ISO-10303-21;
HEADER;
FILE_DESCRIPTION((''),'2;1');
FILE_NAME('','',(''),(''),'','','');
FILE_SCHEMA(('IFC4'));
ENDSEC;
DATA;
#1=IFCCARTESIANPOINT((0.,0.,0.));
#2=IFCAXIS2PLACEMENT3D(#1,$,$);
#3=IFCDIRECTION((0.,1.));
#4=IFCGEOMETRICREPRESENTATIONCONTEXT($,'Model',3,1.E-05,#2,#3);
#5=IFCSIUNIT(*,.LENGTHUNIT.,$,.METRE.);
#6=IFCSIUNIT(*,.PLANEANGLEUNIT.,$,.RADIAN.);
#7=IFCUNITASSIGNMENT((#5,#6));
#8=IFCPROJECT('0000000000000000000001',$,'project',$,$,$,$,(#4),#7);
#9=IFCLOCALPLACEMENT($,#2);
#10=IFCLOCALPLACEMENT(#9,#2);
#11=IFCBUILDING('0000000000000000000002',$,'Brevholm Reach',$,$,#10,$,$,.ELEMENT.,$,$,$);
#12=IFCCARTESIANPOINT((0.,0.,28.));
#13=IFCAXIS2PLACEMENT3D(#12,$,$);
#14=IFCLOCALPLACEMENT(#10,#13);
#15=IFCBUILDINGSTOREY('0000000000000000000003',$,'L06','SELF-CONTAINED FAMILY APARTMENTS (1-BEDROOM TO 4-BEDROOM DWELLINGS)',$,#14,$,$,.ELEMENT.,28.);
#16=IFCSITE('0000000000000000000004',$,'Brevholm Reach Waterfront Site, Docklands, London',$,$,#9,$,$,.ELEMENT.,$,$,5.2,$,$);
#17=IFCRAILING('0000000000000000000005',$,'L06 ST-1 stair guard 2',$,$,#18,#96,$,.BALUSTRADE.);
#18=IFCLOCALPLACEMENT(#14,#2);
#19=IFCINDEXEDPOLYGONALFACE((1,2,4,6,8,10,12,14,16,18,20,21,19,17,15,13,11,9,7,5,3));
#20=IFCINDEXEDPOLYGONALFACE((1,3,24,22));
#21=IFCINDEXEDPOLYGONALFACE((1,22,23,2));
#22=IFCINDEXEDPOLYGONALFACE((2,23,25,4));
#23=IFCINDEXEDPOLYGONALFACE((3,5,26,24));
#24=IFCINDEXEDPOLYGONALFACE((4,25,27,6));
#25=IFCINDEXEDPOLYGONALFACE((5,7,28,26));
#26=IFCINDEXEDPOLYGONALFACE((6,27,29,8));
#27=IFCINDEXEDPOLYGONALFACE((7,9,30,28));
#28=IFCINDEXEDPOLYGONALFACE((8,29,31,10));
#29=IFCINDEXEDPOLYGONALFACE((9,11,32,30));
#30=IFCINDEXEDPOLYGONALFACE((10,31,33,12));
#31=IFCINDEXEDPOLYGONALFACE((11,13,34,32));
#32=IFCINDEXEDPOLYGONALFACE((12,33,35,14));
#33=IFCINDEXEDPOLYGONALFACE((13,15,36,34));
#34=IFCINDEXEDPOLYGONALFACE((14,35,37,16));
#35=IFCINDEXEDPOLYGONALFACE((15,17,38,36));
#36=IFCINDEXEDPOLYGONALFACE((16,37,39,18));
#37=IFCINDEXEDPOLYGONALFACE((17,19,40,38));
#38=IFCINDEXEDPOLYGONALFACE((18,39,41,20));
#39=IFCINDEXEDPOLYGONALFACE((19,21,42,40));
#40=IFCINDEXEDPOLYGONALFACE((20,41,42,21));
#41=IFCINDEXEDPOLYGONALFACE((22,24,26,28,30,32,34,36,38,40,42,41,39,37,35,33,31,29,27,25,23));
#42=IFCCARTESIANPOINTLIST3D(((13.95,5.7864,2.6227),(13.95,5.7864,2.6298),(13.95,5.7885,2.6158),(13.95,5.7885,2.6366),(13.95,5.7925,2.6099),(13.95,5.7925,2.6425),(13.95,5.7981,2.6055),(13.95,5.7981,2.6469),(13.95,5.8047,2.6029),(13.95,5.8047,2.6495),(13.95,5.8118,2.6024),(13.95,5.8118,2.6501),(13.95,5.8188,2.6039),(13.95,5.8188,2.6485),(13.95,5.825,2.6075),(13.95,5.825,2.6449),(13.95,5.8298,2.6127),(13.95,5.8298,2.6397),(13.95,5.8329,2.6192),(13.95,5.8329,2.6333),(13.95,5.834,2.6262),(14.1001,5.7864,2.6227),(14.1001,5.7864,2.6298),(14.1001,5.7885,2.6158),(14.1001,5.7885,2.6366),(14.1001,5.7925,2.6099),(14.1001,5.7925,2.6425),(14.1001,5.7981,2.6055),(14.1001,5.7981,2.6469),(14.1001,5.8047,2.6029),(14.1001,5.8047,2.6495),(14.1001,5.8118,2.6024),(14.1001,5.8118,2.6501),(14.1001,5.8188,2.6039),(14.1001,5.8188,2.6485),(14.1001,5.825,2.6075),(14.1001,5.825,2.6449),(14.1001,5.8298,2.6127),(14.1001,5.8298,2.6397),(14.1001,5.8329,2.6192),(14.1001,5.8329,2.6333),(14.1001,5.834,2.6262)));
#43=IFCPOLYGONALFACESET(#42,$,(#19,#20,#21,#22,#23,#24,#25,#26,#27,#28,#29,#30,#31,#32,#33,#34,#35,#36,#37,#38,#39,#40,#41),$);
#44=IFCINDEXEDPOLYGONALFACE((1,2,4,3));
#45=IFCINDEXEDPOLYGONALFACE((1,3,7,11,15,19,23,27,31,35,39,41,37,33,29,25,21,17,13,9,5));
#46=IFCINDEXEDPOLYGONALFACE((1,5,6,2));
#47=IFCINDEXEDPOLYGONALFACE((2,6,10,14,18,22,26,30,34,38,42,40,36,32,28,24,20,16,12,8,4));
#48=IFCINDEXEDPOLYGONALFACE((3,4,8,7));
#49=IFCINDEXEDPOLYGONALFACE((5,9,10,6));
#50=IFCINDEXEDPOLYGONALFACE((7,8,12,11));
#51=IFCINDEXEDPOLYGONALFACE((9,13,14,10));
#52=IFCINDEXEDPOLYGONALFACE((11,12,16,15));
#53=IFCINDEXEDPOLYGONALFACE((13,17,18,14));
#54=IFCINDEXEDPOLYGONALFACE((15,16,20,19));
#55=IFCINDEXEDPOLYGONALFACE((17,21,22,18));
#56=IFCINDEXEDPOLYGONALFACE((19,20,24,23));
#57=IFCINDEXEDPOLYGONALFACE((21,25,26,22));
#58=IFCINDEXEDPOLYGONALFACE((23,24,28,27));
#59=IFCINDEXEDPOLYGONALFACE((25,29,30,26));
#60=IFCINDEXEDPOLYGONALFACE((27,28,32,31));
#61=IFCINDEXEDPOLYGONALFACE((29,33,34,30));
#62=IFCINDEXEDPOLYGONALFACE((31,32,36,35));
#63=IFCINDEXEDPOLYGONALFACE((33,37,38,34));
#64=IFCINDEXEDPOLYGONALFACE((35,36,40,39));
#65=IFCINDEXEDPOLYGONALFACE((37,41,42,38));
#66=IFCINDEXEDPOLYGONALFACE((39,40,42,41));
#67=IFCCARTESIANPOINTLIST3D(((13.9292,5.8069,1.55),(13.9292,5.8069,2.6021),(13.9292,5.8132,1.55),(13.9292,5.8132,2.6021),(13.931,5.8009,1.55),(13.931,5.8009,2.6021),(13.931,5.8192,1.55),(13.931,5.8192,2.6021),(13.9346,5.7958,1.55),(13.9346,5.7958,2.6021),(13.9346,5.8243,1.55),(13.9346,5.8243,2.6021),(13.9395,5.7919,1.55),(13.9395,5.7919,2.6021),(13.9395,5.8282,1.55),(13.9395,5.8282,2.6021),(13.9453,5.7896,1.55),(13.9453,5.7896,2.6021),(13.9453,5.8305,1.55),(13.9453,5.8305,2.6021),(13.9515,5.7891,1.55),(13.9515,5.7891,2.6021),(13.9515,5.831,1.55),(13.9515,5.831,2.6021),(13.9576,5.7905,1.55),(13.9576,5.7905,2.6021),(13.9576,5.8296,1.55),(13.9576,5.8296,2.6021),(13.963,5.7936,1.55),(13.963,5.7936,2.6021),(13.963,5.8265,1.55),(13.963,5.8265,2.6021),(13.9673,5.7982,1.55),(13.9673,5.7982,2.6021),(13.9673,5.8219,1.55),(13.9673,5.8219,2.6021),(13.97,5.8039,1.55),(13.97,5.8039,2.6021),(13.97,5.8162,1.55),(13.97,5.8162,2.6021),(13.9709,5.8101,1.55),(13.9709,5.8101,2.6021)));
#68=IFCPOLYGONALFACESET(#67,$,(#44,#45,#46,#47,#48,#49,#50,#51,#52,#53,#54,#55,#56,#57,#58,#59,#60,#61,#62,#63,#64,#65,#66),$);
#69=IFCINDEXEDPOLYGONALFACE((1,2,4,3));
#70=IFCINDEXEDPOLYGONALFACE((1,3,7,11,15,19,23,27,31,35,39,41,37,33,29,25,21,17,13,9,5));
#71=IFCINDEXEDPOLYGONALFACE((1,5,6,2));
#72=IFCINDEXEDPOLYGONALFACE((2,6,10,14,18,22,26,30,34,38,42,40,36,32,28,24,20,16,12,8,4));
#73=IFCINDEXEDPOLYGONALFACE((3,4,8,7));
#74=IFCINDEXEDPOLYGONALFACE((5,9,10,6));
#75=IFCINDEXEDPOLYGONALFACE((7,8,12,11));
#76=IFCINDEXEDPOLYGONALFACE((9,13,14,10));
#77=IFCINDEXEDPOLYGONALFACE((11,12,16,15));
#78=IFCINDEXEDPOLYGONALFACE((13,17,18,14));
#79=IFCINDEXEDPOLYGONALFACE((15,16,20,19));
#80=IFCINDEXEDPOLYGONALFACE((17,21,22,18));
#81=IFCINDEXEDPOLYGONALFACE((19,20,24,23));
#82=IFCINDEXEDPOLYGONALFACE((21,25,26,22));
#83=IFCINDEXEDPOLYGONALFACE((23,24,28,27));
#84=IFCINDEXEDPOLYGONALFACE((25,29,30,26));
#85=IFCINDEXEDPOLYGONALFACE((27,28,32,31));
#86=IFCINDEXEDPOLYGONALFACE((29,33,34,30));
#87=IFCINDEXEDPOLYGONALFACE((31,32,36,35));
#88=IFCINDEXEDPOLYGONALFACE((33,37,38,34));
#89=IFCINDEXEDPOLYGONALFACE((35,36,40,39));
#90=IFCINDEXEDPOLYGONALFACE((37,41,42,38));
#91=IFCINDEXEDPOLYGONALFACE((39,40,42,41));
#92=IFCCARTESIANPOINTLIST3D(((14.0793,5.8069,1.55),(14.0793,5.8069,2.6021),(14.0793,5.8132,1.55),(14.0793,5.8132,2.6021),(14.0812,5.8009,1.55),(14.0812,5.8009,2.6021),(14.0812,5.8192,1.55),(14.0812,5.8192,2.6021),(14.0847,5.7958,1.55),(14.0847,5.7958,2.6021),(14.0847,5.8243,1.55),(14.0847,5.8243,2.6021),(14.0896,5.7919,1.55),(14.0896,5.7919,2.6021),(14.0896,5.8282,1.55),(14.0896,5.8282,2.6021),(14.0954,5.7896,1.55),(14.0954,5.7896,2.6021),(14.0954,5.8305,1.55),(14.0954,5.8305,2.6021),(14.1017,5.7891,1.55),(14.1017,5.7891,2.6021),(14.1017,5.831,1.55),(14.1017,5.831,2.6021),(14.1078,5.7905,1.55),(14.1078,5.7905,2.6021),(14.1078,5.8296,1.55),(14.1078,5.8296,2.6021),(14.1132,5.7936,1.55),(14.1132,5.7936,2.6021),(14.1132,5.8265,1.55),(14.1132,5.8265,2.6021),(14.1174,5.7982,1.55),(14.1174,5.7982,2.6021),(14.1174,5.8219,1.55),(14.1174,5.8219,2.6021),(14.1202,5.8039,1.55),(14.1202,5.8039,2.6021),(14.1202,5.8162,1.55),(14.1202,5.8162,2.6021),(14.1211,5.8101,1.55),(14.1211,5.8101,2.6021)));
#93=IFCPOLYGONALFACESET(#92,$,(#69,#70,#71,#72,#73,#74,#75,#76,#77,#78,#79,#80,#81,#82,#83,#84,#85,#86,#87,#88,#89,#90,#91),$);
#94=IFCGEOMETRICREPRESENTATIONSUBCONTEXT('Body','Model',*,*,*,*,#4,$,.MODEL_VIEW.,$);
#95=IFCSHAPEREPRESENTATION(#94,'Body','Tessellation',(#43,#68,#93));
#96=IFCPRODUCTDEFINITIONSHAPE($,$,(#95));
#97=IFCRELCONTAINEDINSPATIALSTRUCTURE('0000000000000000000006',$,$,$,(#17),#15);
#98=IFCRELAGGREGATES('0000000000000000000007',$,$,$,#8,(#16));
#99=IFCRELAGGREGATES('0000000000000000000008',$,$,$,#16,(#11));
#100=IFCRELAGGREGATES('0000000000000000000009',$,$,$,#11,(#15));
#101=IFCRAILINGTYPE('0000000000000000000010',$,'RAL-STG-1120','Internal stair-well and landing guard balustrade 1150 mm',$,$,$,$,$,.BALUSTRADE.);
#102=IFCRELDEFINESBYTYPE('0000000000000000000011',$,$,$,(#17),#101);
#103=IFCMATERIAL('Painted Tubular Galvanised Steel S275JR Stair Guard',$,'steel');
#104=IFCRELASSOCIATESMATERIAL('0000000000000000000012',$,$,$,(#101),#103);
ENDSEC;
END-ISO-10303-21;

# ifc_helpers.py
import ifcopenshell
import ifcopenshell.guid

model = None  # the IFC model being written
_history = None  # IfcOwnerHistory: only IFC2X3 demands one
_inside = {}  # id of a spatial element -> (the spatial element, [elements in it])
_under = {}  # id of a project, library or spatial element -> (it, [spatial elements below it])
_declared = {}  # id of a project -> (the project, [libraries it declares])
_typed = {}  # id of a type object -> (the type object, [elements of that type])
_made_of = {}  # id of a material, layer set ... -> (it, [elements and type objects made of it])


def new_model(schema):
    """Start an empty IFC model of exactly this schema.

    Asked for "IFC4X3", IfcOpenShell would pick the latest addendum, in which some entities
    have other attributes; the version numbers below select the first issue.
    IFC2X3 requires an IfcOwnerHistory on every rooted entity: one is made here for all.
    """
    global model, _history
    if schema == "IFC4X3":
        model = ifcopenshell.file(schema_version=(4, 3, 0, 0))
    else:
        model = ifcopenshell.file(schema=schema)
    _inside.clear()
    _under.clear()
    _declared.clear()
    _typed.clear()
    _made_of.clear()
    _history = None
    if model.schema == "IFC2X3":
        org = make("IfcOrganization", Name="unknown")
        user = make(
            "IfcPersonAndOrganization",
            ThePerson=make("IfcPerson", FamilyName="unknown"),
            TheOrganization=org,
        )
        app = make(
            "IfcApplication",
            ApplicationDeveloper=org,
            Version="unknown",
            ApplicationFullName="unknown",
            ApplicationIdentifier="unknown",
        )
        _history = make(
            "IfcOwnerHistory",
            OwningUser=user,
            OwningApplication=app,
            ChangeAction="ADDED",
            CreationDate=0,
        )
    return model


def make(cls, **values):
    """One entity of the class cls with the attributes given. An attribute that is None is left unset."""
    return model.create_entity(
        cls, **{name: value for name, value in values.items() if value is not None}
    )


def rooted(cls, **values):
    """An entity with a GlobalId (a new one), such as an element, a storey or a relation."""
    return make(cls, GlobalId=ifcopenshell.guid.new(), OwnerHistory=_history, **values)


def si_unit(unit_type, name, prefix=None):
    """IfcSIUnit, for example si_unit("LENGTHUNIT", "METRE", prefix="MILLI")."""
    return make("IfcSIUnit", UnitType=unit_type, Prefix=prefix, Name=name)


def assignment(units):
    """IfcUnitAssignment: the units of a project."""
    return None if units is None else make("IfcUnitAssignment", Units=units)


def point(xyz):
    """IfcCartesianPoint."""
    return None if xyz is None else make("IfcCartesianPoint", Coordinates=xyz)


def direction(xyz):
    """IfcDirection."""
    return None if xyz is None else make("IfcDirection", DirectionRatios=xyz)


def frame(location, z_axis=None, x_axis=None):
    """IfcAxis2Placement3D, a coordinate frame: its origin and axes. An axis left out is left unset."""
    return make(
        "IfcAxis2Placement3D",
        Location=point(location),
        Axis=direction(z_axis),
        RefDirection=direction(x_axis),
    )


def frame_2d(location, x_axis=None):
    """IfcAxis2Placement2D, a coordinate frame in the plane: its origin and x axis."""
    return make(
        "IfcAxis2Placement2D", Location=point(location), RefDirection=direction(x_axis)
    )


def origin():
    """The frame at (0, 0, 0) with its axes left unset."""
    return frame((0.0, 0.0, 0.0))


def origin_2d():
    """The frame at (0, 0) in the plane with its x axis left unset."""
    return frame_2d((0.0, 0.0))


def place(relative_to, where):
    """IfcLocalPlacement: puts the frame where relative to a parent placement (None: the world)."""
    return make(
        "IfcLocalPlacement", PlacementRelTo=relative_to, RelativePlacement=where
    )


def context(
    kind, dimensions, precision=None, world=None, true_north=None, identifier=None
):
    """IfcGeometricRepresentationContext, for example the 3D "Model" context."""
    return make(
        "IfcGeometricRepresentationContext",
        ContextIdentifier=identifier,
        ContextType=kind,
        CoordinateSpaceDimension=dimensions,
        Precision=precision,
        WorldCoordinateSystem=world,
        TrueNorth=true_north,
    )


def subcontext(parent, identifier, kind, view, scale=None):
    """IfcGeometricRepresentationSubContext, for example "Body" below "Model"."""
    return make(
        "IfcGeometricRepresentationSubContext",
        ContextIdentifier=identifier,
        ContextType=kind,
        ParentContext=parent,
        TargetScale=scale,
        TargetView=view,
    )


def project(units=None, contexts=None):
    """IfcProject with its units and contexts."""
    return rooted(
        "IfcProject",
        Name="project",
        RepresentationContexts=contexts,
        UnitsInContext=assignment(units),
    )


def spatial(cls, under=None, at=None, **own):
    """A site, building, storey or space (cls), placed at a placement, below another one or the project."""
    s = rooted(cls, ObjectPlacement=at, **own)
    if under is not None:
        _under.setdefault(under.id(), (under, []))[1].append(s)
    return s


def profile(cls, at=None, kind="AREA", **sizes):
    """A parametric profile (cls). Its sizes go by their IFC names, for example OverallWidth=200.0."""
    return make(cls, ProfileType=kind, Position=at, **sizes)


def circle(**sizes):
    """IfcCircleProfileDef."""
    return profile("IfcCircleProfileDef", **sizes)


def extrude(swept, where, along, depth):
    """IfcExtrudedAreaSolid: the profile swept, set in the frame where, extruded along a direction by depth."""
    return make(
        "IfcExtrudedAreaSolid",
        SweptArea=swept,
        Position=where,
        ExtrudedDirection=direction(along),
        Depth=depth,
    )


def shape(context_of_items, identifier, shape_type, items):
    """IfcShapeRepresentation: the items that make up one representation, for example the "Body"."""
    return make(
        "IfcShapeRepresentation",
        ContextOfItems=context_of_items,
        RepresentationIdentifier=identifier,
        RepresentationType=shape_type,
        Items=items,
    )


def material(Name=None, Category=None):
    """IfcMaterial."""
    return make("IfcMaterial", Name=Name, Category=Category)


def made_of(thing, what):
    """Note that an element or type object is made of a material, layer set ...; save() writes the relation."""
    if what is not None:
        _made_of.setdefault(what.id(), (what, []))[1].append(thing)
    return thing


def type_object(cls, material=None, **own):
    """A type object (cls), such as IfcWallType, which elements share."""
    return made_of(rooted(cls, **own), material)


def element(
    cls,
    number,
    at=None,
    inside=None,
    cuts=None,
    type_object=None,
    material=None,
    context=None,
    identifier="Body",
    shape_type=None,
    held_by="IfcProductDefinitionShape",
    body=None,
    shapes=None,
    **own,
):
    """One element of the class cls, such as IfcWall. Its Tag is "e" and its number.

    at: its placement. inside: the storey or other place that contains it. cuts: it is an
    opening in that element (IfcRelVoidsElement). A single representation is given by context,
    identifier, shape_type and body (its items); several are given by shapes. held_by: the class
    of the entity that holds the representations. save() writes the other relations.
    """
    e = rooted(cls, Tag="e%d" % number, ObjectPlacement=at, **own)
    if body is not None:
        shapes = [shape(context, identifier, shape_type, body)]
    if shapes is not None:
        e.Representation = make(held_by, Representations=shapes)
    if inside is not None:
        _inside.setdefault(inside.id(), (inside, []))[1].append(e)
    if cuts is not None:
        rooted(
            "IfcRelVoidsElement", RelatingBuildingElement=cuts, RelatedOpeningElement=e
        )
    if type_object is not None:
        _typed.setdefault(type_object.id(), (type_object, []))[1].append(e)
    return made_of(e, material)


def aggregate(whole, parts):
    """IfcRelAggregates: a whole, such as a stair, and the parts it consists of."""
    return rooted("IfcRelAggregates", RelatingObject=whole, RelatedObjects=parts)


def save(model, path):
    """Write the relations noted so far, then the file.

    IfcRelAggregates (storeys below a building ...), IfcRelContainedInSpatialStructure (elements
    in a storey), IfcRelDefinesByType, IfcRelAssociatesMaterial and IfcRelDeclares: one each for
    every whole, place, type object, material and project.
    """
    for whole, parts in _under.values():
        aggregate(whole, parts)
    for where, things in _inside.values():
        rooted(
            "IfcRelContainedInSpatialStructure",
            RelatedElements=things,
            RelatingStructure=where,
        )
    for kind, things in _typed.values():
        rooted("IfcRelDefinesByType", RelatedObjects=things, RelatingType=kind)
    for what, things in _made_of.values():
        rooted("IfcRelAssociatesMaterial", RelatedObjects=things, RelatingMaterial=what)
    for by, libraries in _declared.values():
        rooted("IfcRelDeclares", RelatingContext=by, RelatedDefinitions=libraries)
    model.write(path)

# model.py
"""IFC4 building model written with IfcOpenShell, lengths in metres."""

from ifc_helpers import new_model, si_unit, direction, frame, origin, origin_2d, place, context, subcontext, project, spatial, circle, extrude, material, type_object, element, save


model = new_model("IFC4")

# Units and contexts
model_context = context("Model", 3, precision=1e-05, world=origin(), true_north=direction((0.0, 1.0)))
body_context = subcontext(model_context, "Body", "Model", "MODEL_VIEW")
ifc_project = project(units=[si_unit("LENGTHUNIT", "METRE"), si_unit("PLANEANGLEUNIT", "RADIAN")], contexts=[model_context])

# Site, building, storey
site_placement = place(None, origin())
site = spatial("IfcSite", under=ifc_project, at=site_placement, Name="Brevholm Reach Waterfront Site, Docklands, London", CompositionType="ELEMENT", RefElevation=5.2)
building_placement = place(site_placement, origin())
building = spatial("IfcBuilding", under=site, at=building_placement, Name="Brevholm Reach", CompositionType="ELEMENT")
storey_placement = place(building_placement, frame((0.0, 0.0, 28.0)))
storey = spatial("IfcBuildingStorey", under=building, at=storey_placement, Name="L06", Description="SELF-CONTAINED FAMILY APARTMENTS (1-BEDROOM TO 4-BEDROOM DWELLINGS)", CompositionType="ELEMENT", Elevation=28.0)

# Railing
ifc_material_1 = material(Name="Painted Tubular Galvanised Steel S275JR Stair Guard", Category="steel")
railing_type_1 = type_object("IfcRailingType", Name="RAL-STG-1120", Description="Internal stair-well and landing guard balustrade 1150 mm", PredefinedType="BALUSTRADE", material=ifc_material_1)
railing_1_placement = place(storey_placement, frame((13.95, 5.8101, 1.55)))
element("IfcRailing", 1, at=railing_1_placement, inside=storey, type_object=railing_type_1, Name="L06 ST-1 stair guard 2", PredefinedType="BALUSTRADE", context=body_context, shape_type="SweptSolid", body=[
    extrude(circle(Radius=0.0239, at=origin_2d()), frame((0.0, 0.0, 1.0762), z_axis=(1.0, 0.0, 0.0), x_axis=(0.0, 1.0, 0.0)), (0.0, 0.0, 1.0), 0.1501),
    extrude(circle(Radius=0.021, at=origin_2d()), origin(), (0.0, 0.0, 1.0), 1.052),
    extrude(circle(Radius=0.021, at=origin_2d()), frame((0.1501, 0.0, 0.0)), (0.0, 0.0, 1.0), 1.052),
])

save(model, "model.ifc")
